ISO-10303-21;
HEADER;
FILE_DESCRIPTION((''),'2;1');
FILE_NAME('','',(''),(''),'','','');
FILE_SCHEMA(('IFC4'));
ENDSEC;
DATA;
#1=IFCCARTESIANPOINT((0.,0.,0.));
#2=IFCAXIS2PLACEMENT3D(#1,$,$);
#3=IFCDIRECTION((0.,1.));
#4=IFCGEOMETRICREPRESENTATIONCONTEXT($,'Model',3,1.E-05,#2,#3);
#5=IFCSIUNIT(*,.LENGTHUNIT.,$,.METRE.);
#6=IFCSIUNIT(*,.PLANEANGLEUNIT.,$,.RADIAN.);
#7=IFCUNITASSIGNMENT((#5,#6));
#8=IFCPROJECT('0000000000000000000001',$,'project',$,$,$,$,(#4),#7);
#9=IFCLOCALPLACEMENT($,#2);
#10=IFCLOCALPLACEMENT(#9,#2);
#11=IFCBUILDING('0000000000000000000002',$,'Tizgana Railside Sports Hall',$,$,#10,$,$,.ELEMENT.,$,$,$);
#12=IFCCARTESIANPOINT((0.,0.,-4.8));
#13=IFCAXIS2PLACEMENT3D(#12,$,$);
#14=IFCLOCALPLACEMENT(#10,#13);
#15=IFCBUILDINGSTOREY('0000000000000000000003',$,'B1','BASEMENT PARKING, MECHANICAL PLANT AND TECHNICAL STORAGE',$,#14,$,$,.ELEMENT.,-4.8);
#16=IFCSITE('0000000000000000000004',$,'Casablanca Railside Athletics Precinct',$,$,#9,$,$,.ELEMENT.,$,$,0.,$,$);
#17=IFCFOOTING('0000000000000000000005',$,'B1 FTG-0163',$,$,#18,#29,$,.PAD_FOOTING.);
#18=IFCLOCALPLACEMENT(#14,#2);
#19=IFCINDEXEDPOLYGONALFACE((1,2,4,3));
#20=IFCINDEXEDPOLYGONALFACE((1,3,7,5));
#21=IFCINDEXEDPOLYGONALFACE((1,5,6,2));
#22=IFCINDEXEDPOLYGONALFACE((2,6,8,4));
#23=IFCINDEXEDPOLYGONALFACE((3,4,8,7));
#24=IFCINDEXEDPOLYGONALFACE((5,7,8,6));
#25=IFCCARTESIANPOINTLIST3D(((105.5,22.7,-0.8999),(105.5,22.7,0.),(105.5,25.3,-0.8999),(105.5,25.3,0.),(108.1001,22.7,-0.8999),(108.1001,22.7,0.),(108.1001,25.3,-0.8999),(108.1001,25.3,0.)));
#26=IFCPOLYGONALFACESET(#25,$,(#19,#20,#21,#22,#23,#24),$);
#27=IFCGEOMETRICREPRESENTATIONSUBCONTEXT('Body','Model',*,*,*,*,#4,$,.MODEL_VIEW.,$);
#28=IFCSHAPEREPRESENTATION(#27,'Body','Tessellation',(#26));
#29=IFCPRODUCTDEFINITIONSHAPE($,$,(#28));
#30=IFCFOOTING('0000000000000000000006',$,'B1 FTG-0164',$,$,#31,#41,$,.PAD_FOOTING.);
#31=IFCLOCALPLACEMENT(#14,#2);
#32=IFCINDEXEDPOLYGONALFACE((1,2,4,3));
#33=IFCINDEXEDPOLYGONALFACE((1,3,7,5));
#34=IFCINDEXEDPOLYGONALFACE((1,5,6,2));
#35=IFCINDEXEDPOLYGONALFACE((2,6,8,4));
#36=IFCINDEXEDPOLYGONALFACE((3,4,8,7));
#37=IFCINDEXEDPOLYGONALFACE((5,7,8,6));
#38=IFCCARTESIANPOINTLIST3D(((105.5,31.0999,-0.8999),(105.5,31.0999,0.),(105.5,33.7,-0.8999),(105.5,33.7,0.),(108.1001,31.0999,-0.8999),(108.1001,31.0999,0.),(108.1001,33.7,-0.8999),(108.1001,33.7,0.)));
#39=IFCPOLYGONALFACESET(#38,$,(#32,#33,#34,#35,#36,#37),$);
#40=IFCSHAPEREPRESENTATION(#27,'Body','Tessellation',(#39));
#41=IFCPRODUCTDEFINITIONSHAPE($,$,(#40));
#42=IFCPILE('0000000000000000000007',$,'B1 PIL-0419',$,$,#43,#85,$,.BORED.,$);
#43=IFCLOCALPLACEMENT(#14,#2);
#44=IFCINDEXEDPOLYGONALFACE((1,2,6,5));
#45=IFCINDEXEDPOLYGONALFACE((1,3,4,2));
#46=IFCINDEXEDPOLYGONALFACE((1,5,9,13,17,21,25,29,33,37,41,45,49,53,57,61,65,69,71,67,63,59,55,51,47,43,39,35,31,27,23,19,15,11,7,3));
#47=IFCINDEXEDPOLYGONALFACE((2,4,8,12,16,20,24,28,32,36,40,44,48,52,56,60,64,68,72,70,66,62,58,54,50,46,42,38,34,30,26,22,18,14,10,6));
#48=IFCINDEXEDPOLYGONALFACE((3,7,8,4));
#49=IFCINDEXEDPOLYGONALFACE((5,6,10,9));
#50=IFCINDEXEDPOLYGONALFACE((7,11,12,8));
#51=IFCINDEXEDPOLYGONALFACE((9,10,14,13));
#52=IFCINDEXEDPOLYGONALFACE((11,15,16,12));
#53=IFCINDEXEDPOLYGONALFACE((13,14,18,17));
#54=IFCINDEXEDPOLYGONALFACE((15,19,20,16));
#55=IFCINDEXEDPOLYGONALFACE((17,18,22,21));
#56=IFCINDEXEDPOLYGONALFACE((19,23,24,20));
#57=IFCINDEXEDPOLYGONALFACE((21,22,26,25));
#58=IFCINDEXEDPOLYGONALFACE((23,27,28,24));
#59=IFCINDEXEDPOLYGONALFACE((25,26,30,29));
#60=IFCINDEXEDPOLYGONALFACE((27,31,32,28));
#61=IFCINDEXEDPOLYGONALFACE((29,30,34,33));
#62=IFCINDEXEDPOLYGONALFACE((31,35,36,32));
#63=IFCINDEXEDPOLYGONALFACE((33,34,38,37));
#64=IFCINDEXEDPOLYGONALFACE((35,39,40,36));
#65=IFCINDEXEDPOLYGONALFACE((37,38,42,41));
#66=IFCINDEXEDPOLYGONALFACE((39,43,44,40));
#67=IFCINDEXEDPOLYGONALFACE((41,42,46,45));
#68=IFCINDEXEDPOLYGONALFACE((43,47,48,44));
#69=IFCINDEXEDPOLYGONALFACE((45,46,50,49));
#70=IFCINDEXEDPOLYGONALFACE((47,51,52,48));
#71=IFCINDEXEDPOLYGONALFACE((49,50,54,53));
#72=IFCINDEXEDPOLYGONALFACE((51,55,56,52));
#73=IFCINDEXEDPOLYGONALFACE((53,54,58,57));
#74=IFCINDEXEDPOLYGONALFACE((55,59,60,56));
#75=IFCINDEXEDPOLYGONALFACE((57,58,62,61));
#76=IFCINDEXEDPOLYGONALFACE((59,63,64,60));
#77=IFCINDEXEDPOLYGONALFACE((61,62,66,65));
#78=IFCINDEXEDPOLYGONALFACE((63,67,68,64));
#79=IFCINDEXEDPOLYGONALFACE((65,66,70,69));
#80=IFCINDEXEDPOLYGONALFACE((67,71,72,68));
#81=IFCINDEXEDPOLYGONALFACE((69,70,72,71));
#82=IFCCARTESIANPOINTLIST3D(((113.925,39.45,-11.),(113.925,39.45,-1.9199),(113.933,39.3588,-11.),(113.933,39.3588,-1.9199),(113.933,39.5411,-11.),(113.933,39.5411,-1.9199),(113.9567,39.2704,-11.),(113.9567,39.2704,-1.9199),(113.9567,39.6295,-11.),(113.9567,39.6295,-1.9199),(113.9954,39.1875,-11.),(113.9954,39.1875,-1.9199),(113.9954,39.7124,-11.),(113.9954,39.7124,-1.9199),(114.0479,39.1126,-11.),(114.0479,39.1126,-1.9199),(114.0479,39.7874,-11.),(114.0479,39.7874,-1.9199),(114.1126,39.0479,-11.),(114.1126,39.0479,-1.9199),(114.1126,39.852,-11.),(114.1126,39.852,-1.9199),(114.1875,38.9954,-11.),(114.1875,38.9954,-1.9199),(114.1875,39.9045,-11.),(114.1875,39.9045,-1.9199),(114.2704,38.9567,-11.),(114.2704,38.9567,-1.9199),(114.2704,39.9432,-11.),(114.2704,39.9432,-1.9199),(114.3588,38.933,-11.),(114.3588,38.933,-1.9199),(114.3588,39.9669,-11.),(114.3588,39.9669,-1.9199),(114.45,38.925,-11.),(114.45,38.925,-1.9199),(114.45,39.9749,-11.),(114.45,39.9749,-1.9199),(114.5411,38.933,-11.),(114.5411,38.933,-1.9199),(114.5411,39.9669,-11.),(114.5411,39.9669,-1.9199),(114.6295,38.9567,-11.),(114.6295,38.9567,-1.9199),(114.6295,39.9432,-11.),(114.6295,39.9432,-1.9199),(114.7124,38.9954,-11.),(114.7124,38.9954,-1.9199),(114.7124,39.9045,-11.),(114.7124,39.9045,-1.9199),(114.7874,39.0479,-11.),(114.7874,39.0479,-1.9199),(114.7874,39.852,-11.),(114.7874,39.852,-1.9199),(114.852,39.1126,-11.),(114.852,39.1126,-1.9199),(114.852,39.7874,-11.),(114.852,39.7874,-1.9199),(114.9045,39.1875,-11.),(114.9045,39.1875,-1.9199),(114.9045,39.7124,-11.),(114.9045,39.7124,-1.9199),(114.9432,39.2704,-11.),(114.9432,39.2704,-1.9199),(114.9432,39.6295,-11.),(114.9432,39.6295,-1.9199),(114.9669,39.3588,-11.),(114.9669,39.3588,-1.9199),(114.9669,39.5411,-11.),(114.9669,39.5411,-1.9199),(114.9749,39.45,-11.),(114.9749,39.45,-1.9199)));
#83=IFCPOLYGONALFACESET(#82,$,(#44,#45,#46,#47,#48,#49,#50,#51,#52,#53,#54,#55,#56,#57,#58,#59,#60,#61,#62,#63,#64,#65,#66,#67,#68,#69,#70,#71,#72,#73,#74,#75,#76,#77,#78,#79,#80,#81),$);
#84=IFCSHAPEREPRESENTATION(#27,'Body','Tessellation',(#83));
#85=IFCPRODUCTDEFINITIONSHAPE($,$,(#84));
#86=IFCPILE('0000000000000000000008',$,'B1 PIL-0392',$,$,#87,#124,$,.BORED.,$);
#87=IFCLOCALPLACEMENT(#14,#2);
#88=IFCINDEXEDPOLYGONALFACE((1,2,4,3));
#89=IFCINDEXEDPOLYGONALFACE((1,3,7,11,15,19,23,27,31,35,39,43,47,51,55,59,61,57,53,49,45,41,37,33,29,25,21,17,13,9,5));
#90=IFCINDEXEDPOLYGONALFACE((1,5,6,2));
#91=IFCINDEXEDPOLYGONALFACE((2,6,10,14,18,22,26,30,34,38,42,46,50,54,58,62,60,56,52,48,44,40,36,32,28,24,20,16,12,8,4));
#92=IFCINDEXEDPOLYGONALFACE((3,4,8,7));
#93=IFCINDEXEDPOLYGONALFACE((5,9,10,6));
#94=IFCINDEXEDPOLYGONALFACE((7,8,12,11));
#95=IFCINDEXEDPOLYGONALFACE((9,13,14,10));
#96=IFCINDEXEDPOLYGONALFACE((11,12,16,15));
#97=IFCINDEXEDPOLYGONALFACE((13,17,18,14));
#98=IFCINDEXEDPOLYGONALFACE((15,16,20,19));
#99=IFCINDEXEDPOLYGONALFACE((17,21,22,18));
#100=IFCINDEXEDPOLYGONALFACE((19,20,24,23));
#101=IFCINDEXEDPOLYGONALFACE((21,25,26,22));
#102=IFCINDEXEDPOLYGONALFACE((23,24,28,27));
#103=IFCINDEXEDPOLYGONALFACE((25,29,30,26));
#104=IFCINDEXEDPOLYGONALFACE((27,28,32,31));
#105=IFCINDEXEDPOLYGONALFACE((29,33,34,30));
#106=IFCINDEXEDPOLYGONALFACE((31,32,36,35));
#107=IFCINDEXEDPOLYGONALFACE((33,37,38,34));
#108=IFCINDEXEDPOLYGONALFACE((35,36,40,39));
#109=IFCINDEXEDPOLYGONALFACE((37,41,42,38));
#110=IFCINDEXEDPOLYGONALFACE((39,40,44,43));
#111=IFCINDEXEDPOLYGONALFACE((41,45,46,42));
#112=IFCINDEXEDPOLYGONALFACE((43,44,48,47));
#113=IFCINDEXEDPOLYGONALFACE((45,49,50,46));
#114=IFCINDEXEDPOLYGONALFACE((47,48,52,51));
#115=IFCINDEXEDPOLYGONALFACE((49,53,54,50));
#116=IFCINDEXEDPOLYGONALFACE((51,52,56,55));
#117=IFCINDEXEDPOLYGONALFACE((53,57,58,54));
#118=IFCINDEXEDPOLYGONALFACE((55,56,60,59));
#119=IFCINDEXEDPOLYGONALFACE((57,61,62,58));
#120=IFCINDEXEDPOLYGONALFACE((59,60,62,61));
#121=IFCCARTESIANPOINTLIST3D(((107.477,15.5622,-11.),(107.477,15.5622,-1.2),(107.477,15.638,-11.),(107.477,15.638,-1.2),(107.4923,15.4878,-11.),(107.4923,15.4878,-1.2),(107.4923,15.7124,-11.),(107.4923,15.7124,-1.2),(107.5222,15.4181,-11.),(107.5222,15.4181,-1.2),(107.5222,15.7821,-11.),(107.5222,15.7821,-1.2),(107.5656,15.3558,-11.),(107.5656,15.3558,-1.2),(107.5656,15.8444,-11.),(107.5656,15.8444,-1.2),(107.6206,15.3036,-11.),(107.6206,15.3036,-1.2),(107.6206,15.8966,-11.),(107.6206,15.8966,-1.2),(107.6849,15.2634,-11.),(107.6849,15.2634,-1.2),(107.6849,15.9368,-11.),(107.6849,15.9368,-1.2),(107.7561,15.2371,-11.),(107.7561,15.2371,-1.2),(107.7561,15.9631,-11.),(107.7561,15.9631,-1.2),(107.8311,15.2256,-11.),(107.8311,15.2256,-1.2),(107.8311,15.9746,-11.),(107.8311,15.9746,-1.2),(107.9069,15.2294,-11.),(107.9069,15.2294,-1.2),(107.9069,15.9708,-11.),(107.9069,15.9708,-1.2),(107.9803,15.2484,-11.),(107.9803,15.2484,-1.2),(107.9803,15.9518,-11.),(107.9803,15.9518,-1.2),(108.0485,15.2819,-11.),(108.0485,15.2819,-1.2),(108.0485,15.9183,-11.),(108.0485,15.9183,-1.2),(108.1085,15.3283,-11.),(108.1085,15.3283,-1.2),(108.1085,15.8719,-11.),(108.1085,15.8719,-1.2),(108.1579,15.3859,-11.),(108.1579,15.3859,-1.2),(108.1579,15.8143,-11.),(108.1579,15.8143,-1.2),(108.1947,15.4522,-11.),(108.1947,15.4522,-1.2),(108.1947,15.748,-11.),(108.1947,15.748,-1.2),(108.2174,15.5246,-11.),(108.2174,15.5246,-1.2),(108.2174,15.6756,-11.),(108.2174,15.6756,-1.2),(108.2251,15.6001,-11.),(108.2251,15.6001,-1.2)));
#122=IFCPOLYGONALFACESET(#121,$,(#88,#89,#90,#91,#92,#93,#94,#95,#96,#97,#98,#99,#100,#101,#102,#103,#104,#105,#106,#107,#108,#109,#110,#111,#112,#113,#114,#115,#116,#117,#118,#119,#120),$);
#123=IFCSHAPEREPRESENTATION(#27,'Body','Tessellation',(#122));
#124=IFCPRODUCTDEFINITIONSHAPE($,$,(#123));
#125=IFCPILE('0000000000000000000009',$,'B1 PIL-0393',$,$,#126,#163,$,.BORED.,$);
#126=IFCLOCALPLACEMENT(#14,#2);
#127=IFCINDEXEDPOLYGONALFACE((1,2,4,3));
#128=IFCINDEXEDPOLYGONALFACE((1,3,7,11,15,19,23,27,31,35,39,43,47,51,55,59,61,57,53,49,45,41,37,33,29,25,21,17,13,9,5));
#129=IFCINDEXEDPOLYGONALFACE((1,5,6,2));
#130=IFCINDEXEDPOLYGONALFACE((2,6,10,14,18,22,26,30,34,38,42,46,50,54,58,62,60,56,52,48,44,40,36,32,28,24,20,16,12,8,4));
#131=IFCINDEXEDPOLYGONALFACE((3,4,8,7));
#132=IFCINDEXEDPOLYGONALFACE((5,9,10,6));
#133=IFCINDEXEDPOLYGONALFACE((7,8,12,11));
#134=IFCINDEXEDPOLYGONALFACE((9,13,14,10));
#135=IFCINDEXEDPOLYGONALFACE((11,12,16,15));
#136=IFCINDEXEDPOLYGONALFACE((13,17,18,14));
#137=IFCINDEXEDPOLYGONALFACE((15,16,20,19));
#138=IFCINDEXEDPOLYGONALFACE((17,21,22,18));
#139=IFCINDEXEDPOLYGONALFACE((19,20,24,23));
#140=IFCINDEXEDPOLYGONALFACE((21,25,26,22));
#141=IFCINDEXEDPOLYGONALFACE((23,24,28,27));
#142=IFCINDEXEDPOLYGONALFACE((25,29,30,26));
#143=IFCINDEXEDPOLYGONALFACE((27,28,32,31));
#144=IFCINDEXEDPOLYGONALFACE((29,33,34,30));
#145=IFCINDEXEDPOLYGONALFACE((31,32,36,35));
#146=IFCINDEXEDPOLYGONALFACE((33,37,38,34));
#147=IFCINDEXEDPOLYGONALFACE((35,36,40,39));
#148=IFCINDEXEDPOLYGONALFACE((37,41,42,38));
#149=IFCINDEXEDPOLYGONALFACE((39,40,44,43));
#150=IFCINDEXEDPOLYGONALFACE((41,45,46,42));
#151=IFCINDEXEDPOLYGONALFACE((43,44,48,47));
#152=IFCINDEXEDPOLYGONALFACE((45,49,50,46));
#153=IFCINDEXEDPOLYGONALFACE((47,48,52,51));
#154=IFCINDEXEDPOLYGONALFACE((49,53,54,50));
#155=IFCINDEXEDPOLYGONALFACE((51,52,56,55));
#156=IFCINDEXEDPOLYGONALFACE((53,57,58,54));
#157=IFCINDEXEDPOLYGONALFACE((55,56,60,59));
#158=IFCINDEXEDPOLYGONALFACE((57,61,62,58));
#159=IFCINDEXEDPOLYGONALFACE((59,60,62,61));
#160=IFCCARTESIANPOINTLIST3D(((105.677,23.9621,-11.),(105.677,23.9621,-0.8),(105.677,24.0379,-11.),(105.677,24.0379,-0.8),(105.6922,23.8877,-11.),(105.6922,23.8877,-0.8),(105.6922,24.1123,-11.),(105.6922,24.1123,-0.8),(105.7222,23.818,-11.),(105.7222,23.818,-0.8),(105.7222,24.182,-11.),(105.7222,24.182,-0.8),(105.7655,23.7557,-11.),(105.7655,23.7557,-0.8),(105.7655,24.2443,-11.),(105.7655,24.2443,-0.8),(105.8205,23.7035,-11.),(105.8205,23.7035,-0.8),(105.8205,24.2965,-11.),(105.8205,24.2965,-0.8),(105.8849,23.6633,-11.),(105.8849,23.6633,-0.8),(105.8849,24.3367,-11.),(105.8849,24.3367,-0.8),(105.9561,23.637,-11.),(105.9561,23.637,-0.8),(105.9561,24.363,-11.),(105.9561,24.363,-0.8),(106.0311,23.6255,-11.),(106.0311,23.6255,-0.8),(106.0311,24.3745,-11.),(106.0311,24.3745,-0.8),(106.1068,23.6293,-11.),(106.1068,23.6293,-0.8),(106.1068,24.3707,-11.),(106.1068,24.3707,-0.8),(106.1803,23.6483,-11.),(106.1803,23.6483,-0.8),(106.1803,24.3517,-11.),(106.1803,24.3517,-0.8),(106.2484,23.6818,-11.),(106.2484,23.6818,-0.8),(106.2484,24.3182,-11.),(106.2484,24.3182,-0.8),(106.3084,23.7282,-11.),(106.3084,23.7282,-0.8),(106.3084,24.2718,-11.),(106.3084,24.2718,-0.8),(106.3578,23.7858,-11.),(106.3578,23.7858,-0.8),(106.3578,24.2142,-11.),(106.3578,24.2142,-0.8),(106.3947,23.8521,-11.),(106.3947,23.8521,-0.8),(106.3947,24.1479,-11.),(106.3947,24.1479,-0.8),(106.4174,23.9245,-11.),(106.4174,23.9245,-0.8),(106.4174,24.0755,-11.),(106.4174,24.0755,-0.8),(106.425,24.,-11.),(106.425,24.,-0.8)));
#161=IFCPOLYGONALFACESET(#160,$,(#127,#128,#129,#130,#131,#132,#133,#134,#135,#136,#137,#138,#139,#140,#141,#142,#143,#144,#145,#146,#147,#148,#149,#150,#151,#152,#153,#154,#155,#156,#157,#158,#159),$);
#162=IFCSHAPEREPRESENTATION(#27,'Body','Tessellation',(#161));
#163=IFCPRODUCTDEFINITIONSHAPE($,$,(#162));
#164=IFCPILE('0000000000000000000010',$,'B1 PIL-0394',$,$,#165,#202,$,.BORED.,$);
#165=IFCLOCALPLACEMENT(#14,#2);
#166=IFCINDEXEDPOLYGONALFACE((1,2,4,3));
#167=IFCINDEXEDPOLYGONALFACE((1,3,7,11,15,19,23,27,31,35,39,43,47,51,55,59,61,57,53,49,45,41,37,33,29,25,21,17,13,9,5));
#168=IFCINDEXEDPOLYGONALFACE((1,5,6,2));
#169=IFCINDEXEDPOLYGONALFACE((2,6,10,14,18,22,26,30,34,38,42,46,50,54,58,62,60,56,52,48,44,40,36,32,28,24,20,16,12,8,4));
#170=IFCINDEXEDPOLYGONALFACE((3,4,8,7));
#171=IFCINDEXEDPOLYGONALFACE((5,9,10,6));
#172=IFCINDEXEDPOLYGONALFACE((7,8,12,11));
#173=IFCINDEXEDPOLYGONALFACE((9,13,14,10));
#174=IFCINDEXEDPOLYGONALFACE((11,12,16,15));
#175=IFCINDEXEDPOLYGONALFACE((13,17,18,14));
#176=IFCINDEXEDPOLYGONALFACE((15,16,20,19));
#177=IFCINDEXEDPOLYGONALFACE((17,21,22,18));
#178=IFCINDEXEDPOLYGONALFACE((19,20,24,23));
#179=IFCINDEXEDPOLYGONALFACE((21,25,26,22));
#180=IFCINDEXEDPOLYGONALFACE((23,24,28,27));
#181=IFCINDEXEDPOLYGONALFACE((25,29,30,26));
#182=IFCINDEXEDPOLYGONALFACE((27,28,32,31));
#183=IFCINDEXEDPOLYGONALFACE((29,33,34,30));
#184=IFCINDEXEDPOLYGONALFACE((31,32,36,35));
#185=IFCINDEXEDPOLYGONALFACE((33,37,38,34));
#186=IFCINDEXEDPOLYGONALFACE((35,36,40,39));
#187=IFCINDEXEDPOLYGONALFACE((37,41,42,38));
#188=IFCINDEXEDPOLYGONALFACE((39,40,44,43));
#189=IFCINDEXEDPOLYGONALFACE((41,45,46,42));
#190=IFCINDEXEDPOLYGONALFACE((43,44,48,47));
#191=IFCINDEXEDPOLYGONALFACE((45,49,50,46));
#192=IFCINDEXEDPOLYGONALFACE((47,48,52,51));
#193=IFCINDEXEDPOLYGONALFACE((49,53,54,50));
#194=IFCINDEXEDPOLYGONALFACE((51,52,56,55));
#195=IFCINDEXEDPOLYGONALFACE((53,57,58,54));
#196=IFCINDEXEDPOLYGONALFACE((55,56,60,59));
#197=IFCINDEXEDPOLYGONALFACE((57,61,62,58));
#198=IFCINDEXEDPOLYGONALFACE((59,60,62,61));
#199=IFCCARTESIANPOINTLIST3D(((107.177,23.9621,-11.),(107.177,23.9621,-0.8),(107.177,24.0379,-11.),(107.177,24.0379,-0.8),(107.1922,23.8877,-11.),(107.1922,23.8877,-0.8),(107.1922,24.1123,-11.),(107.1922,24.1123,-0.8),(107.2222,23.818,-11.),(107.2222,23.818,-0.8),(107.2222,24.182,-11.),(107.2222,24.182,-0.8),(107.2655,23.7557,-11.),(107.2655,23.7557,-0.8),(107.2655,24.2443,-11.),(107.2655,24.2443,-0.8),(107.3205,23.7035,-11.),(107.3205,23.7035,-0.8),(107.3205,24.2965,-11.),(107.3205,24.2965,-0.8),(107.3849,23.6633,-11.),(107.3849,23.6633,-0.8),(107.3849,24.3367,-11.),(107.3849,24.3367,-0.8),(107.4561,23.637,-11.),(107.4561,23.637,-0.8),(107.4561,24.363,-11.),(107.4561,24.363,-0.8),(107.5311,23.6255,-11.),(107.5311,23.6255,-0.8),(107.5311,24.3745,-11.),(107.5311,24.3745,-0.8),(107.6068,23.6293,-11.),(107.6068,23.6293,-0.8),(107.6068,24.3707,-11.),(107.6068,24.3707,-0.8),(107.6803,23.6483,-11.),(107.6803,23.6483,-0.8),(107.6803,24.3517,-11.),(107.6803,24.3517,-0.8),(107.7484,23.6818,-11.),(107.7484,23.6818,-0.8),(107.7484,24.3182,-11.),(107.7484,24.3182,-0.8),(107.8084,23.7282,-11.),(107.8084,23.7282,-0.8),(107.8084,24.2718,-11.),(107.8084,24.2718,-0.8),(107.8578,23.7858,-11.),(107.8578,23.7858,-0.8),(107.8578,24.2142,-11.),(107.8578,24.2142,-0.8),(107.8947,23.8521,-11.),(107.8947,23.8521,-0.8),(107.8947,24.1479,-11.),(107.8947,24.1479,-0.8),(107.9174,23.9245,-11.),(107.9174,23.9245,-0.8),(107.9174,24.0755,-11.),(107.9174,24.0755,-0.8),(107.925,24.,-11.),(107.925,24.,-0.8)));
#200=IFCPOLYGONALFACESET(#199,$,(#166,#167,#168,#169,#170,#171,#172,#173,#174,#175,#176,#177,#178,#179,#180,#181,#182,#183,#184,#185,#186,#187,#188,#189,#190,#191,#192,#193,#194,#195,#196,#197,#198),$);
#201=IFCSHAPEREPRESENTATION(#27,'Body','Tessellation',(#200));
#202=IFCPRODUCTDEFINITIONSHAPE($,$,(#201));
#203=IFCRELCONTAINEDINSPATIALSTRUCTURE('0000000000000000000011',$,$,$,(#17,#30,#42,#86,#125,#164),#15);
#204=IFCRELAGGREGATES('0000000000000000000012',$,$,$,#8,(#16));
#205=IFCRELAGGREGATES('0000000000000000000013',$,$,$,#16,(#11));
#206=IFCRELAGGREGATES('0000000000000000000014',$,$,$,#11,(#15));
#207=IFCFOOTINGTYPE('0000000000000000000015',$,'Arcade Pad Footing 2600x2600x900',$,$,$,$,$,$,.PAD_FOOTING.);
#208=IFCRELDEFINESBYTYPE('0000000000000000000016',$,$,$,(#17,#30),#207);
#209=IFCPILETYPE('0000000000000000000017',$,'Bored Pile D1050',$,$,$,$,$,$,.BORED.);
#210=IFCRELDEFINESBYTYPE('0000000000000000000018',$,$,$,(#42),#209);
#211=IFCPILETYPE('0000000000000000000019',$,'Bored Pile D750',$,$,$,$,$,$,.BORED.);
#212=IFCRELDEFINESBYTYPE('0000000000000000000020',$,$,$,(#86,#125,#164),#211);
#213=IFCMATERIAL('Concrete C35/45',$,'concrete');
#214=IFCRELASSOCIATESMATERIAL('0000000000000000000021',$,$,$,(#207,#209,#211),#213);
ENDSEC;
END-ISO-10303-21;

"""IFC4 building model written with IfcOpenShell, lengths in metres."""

from ifc_helpers import new_model, si_unit, direction, frame, origin, origin_2d, place, context, subcontext, project, spatial, rectangle, circle, extrude, material, material_profile, profile_set, type_object, element, save


model = new_model("IFC4")

# Units and contexts
model_context = context("Model", 3, precision=1e-05, world=origin(), true_north=direction((0.0, 1.0)))
body_context = subcontext(model_context, "Body", "Model", "MODEL_VIEW")
ifc_project = project(units=[si_unit("LENGTHUNIT", "METRE"), si_unit("PLANEANGLEUNIT", "RADIAN")], contexts=[model_context])

# Site, building, storey
site_placement = place(None, origin())
site = spatial("IfcSite", under=ifc_project, at=site_placement, Name="Casablanca Railside Athletics Precinct", CompositionType="ELEMENT", RefElevation=0.0)
building_placement = place(site_placement, origin())
building = spatial("IfcBuilding", under=site, at=building_placement, Name="Tizgana Railside Sports Hall", CompositionType="ELEMENT")
storey_placement = place(building_placement, frame((0.0, 0.0, -4.8)))
storey = spatial("IfcBuildingStorey", under=building, at=storey_placement, Name="B1", Description="BASEMENT PARKING, MECHANICAL PLANT AND TECHNICAL STORAGE", CompositionType="ELEMENT", Elevation=-4.8)

# Footings
ifc_material_1 = material(Name="Concrete C35/45", Category="concrete")
footing_type_1 = type_object("IfcFootingType", Name="Arcade Pad Footing 2600x2600x900", PredefinedType="PAD_FOOTING", material=ifc_material_1)
for number, where, z_axis, x_axis, name in (
    (1, (106.8, 24.0, -0.8999), (0.0, 0.0, 1.0), (1.0, 0.0, 0.0), "B1 FTG-0163"),
    (2, (106.8, 32.3999, -0.8999), (0.0, 0.0, 1.0), (1.0, 0.0, 0.0), "B1 FTG-0164"),
):
    element("IfcFooting", number, at=place(storey_placement, frame(where, z_axis=z_axis, x_axis=x_axis)), inside=storey, type_object=footing_type_1, Name=name, PredefinedType="PAD_FOOTING", context=body_context, shape_type="SweptSolid", body=[
        extrude(rectangle(XDim=2.6001, YDim=2.6001, at=origin_2d()), origin(), (0.0, 0.0, 1.0), 0.8999),
    ])

# Piles
ifc_material_profile_1 = material_profile(ifc_material_1, circle(Radius=0.5249, at=origin_2d()), Name="PILE D1050")
ifc_profile_set_1 = profile_set([ifc_material_profile_1], Name="Concrete C35/45")
pile_type_1 = type_object("IfcPileType", Name="Bored Pile D1050", PredefinedType="BORED", material=ifc_profile_set_1)
pile_1_placement = place(storey_placement, frame((114.45, 39.45, -1.9199), z_axis=(0.0, 0.0, -1.0), x_axis=(1.0, 0.0, 0.0)))
element("IfcPile", 3, at=pile_1_placement, inside=storey, type_object=pile_type_1, Name="B1 PIL-0419", PredefinedType="BORED", context=body_context, shape_type="SweptSolid", body=[
    extrude(circle(Radius=0.5249, at=origin_2d()), origin(), (0.0, 0.0, 1.0), 9.0801),
])
ifc_material_profile_2 = material_profile(ifc_material_1, circle(Radius=0.375, at=origin_2d()), Name="PILE D750")
ifc_profile_set_2 = profile_set([ifc_material_profile_2], Name="Concrete C35/45")
pile_type_2 = type_object("IfcPileType", Name="Bored Pile D750", PredefinedType="BORED", material=ifc_profile_set_2)
pile_2_placement = place(storey_placement, frame((107.8501, 15.6001, -1.2), z_axis=(0.0, 0.0, -1.0), x_axis=(1.0, 0.0, 0.0)))
element("IfcPile", 4, at=pile_2_placement, inside=storey, type_object=pile_type_2, Name="B1 PIL-0392", PredefinedType="BORED", context=body_context, shape_type="SweptSolid", body=[
    extrude(circle(Radius=0.375, at=origin_2d()), origin(), (0.0, 0.0, 1.0), 9.8),
])
for number, where, z_axis, x_axis, name in (
    (5, (106.05, 24.0, -0.8), (0.0, 0.0, -1.0), (1.0, 0.0, 0.0), "B1 PIL-0393"),
    (6, (107.55, 24.0, -0.8), (0.0, 0.0, -1.0), (1.0, 0.0, 0.0), "B1 PIL-0394"),
):
    element("IfcPile", number, at=place(storey_placement, frame(where, z_axis=z_axis, x_axis=x_axis)), inside=storey, type_object=pile_type_2, Name=name, PredefinedType="BORED", context=body_context, shape_type="SweptSolid", body=[
        extrude(circle(Radius=0.375, at=origin_2d()), origin(), (0.0, 0.0, 1.0), 10.2),
    ])

save(model, "model.ifc")
